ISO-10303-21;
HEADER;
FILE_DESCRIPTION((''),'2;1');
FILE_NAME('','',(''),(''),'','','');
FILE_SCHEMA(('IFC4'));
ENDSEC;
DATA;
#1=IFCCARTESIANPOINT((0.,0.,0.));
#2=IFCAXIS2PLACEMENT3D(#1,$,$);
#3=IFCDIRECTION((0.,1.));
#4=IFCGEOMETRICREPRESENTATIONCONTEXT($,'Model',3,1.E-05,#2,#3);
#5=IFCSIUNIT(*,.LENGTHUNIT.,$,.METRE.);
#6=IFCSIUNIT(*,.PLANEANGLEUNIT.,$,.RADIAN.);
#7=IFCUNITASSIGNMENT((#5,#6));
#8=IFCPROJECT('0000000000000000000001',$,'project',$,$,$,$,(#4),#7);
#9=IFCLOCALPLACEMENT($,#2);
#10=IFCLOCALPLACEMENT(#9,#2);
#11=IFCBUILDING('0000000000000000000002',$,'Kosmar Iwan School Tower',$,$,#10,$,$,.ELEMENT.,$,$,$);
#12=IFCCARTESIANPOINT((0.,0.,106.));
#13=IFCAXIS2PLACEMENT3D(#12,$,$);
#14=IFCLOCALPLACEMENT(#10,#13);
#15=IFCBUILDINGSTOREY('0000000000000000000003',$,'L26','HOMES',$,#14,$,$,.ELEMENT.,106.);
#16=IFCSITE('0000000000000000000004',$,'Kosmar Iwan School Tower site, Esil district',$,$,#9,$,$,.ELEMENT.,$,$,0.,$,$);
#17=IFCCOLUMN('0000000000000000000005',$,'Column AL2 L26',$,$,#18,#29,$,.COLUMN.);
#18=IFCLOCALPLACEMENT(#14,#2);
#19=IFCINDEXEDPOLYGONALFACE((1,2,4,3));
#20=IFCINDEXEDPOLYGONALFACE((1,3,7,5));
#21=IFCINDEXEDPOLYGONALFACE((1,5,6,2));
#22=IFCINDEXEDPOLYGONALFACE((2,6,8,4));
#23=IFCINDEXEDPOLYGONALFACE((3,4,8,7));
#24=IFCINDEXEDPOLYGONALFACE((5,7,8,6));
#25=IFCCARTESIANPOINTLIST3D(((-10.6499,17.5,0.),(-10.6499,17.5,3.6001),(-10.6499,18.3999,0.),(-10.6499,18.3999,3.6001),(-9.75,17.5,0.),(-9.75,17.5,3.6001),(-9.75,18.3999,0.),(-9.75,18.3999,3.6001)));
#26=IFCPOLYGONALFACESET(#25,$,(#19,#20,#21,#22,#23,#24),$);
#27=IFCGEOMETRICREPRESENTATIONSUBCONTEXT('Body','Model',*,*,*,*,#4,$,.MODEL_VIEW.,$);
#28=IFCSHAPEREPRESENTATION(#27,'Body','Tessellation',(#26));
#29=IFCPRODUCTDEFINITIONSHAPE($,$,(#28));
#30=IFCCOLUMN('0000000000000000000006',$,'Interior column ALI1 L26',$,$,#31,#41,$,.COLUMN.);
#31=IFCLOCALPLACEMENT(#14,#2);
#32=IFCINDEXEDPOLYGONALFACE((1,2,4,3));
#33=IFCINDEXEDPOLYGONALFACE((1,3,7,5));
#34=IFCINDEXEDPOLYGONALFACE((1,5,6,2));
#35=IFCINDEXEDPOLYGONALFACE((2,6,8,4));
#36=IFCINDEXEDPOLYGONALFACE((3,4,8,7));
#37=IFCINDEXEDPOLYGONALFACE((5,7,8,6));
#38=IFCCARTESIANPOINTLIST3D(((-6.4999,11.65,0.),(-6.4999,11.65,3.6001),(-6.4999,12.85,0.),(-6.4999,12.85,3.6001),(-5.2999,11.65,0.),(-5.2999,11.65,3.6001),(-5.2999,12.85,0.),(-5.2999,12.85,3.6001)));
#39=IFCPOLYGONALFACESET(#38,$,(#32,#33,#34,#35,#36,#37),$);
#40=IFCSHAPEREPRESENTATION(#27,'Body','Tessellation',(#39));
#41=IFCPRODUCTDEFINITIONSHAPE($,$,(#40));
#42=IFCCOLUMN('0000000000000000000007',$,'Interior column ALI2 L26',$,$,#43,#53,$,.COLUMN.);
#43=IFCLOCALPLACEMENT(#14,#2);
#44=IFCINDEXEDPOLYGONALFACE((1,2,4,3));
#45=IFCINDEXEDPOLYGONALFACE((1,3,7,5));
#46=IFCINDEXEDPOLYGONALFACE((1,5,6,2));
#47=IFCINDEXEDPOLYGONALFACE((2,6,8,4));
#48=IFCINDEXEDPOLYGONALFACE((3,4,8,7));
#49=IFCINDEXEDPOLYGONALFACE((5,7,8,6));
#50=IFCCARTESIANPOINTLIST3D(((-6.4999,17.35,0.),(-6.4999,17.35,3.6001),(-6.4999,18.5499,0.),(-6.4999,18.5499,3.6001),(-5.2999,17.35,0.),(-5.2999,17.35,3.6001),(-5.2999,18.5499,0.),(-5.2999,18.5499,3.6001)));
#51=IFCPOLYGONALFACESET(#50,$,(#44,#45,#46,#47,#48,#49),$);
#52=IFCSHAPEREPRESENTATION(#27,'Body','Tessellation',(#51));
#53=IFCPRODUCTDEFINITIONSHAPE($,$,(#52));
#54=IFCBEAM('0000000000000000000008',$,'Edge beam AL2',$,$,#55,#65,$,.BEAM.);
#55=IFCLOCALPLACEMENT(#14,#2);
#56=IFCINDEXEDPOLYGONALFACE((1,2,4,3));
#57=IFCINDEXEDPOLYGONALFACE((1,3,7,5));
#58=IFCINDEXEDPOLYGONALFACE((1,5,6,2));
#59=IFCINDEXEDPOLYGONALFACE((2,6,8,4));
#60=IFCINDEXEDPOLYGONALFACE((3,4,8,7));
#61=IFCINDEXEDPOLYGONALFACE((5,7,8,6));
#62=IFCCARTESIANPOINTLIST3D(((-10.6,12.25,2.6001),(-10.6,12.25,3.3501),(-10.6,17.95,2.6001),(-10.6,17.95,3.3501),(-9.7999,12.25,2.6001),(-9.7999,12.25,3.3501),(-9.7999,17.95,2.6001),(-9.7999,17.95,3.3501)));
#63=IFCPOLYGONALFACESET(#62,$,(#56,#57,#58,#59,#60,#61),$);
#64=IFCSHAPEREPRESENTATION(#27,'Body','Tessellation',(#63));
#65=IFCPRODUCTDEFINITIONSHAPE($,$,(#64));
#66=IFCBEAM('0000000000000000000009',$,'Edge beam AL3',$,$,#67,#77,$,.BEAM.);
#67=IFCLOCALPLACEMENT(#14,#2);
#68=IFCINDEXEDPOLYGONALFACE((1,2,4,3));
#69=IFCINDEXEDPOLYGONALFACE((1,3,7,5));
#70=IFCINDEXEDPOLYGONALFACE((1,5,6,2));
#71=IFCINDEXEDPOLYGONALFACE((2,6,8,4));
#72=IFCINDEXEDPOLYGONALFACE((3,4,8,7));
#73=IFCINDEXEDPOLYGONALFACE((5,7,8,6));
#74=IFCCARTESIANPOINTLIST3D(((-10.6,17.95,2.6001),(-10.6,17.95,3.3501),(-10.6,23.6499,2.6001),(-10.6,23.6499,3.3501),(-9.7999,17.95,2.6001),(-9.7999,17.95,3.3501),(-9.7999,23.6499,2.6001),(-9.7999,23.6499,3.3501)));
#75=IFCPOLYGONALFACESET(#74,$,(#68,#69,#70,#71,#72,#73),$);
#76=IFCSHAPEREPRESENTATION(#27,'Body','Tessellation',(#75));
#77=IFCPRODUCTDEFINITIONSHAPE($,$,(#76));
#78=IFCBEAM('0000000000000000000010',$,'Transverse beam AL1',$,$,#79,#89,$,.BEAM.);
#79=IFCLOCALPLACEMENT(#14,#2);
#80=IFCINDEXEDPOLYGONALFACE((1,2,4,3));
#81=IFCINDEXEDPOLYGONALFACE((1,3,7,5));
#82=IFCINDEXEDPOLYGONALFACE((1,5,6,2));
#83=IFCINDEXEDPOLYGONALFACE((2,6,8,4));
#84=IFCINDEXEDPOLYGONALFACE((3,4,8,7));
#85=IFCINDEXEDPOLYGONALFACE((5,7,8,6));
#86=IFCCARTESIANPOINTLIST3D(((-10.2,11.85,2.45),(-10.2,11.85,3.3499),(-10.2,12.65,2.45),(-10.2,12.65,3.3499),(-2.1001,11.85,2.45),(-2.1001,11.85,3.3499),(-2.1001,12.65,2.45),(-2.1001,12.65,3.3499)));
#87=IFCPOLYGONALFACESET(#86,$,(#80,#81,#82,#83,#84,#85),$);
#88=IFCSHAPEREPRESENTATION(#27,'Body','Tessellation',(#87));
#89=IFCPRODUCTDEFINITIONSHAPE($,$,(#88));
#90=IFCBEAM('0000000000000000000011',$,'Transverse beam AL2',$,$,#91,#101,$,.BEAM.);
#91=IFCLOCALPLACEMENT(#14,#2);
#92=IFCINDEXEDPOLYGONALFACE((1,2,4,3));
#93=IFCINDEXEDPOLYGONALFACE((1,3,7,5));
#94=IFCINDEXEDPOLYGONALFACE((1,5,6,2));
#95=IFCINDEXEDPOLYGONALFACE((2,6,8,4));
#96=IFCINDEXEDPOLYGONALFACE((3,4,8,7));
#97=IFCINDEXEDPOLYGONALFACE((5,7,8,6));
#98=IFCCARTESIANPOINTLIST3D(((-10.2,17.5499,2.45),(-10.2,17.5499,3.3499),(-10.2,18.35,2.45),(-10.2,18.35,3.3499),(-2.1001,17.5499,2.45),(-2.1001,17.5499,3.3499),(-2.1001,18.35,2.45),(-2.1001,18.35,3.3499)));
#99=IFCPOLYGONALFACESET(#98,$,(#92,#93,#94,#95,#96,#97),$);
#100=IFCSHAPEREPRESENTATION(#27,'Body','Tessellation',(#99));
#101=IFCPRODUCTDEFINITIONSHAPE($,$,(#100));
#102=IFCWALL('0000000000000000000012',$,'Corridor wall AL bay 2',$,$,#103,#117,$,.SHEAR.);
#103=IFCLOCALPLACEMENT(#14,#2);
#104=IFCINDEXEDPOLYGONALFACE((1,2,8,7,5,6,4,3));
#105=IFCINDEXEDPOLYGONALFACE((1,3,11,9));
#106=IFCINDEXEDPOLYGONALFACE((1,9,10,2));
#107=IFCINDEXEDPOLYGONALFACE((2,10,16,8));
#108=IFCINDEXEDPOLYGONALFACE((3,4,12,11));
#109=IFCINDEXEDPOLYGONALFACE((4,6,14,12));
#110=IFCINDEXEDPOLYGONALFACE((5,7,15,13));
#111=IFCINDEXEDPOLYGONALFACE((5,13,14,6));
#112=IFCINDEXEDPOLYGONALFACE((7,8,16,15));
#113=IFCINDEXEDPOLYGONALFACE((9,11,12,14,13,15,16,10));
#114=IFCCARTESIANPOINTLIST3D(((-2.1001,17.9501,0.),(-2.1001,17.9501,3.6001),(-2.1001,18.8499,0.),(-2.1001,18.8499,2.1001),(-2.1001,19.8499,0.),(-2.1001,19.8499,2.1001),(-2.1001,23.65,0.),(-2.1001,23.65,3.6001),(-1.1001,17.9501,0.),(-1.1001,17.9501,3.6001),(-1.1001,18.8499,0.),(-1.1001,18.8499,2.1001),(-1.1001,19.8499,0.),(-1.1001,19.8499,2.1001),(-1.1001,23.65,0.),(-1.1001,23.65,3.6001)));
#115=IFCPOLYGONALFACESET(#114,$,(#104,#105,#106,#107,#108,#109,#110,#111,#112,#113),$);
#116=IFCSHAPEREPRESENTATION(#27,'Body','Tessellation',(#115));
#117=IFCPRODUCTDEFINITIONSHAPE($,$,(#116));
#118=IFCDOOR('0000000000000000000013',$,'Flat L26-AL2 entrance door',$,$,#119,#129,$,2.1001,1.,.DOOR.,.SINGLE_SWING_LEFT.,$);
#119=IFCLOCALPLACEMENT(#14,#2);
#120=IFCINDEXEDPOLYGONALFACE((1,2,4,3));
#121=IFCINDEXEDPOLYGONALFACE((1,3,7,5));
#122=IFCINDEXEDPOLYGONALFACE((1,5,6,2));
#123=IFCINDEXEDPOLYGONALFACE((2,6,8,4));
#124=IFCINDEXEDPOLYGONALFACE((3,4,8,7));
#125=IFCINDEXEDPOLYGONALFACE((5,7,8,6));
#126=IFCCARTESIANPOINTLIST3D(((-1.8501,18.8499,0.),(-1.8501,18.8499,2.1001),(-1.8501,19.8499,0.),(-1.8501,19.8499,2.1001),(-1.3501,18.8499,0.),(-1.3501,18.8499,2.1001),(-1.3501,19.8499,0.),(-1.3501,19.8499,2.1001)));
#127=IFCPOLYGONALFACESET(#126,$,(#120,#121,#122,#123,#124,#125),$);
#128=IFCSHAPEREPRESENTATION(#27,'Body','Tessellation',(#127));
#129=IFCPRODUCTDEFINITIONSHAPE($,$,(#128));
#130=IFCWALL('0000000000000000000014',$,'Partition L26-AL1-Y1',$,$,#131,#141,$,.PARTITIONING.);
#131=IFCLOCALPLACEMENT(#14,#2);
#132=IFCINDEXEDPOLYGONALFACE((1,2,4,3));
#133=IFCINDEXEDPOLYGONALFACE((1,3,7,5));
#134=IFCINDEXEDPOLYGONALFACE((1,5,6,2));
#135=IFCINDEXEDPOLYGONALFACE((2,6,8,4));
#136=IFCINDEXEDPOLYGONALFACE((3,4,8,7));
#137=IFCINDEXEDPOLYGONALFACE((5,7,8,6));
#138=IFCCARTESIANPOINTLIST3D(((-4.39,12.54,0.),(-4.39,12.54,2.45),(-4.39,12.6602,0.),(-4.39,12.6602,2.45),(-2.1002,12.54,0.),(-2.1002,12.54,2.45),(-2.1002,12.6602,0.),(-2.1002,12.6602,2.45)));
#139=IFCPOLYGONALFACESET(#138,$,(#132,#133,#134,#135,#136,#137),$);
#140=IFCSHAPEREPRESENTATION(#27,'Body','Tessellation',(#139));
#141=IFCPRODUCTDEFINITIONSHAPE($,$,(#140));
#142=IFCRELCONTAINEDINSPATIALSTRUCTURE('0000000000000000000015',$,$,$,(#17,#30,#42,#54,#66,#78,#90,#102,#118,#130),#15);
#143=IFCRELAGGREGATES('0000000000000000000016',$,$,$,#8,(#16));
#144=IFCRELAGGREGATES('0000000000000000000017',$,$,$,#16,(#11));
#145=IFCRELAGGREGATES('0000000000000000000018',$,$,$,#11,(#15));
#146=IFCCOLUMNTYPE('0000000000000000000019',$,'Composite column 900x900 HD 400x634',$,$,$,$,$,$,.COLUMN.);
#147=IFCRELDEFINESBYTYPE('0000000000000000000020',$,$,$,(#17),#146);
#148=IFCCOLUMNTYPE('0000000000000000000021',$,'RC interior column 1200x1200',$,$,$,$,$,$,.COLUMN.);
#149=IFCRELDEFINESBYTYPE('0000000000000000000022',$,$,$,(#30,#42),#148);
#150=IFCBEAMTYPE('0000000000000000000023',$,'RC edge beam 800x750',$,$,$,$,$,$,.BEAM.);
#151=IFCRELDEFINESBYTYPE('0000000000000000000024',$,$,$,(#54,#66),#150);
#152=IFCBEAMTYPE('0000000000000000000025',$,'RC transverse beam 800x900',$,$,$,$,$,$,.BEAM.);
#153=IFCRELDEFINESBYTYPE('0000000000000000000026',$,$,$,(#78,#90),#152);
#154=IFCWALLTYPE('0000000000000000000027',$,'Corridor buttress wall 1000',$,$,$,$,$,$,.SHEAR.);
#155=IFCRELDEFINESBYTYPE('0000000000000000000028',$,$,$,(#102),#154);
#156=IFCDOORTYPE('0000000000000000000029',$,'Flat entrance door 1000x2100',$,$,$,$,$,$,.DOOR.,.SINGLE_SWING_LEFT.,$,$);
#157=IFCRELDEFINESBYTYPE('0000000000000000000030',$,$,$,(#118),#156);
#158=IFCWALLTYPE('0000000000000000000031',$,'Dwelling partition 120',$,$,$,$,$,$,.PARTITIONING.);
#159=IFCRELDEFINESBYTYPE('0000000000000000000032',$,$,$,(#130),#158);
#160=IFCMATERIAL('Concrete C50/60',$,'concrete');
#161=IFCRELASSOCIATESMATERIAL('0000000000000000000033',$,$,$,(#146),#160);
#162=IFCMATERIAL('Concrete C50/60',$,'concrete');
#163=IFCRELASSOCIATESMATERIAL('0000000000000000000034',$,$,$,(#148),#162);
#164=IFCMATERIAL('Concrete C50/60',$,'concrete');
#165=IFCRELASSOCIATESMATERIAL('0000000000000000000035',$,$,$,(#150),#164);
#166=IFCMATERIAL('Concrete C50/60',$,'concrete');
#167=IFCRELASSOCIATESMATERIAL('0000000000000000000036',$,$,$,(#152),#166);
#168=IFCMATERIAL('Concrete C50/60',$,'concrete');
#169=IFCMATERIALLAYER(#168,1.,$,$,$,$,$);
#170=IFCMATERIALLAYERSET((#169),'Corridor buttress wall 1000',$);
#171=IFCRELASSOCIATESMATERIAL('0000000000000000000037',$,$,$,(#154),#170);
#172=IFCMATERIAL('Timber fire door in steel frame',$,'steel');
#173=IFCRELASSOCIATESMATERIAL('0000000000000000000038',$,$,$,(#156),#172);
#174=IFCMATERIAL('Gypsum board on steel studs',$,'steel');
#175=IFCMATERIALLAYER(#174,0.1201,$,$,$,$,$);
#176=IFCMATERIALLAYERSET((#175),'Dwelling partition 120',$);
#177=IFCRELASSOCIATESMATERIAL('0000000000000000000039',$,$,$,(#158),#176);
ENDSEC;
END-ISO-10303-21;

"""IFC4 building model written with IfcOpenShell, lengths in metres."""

from ifc_helpers import new_model, si_unit, direction, frame, frame_2d, origin, origin_2d, place, context, subcontext, project, spatial, rectangle, extrude, material, layer, layer_set, material_profile, profile_set, type_object, element, fill, save


model = new_model("IFC4")

# Units and contexts
model_context = context("Model", 3, precision=1e-05, world=origin(), true_north=direction((0.0, 1.0)))
body_context = subcontext(model_context, "Body", "Model", "MODEL_VIEW")
ifc_project = project(units=[si_unit("LENGTHUNIT", "METRE"), si_unit("PLANEANGLEUNIT", "RADIAN")], contexts=[model_context])

# Site, building, storey
site_placement = place(None, origin())
site = spatial("IfcSite", under=ifc_project, at=site_placement, Name="Kosmar Iwan School Tower site, Esil district", CompositionType="ELEMENT", RefElevation=0.0)
building_placement = place(site_placement, origin())
building = spatial("IfcBuilding", under=site, at=building_placement, Name="Kosmar Iwan School Tower", CompositionType="ELEMENT")
storey_placement = place(building_placement, frame((0.0, 0.0, 106.0)))
storey = spatial("IfcBuildingStorey", under=building, at=storey_placement, Name="L26", Description="HOMES", CompositionType="ELEMENT", Elevation=106.0)

# Columns
ifc_material_1 = material(Name="Concrete C50/60", Category="concrete")
ifc_material_profile_1 = material_profile(ifc_material_1, rectangle(XDim=0.8999, YDim=0.8999, at=origin_2d()), Name="RC 900x900 + HD 400x634")
ifc_profile_set_1 = profile_set([ifc_material_profile_1], Name="Concrete C50/60")
column_type_1 = type_object("IfcColumnType", Name="Composite column 900x900 HD 400x634", PredefinedType="COLUMN", material=ifc_profile_set_1)
column_placement = place(storey_placement, frame((-10.2, 17.95, 0.0), z_axis=(0.0, 0.0, 1.0), x_axis=(0.0, 1.0, 0.0)))
element("IfcColumn", 1, at=column_placement, inside=storey, type_object=column_type_1, Name="Column AL2 L26", PredefinedType="COLUMN", context=body_context, shape_type="SweptSolid", body=[
    extrude(rectangle(XDim=0.8999, YDim=0.8999, at=origin_2d()), origin(), (0.0, 0.0, 1.0), 3.6001),
])
ifc_material_2 = material(Name="Concrete C50/60", Category="concrete")
ifc_material_profile_2 = material_profile(ifc_material_2, rectangle(XDim=1.2, YDim=1.2, at=origin_2d()), Name="RC 1200x1200")
ifc_profile_set_2 = profile_set([ifc_material_profile_2], Name="Concrete C50/60")
column_type_2 = type_object("IfcColumnType", Name="RC interior column 1200x1200", PredefinedType="COLUMN", material=ifc_profile_set_2)
for number, where, z_axis, x_axis, name in (
    (2, (-5.8999, 12.25, 0.0), (0.0, 0.0, 1.0), (0.0, 1.0, 0.0), "Interior column ALI1 L26"),
    (3, (-5.8999, 17.95, 0.0), (0.0, 0.0, 1.0), (0.0, 1.0, 0.0), "Interior column ALI2 L26"),
):
    element("IfcColumn", number, at=place(storey_placement, frame(where, z_axis=z_axis, x_axis=x_axis)), inside=storey, type_object=column_type_2, Name=name, PredefinedType="COLUMN", context=body_context, shape_type="SweptSolid", body=[
        extrude(rectangle(XDim=1.2, YDim=1.2, at=origin_2d()), origin(), (0.0, 0.0, 1.0), 3.6001),
    ])

# Beams
ifc_material_3 = material(Name="Concrete C50/60", Category="concrete")
ifc_material_profile_3 = material_profile(ifc_material_3, rectangle(XDim=0.8, YDim=0.75, at=origin_2d()), Name="RC 800x750")
ifc_profile_set_3 = profile_set([ifc_material_profile_3], Name="Concrete C50/60")
beam_type_1 = type_object("IfcBeamType", Name="RC edge beam 800x750", PredefinedType="BEAM", material=ifc_profile_set_3)
for number, where, z_axis, x_axis, name in (
    (4, (-10.2, 12.25, 2.9751), (0.0, 1.0, 0.0), (-1.0, 0.0, 0.0), "Edge beam AL2"),
    (5, (-10.2, 17.95, 2.9751), (0.0, 1.0, 0.0), (-1.0, 0.0, 0.0), "Edge beam AL3"),
):
    element("IfcBeam", number, at=place(storey_placement, frame(where, z_axis=z_axis, x_axis=x_axis)), inside=storey, type_object=beam_type_1, Name=name, PredefinedType="BEAM", context=body_context, shape_type="SweptSolid", body=[
        extrude(rectangle(XDim=0.8, YDim=0.75, at=origin_2d()), origin(), (0.0, 0.0, 1.0), 5.7),
    ])
ifc_material_4 = material(Name="Concrete C50/60", Category="concrete")
ifc_material_profile_4 = material_profile(ifc_material_4, rectangle(XDim=0.8, YDim=0.8999, at=origin_2d()), Name="RC 800x900")
ifc_profile_set_4 = profile_set([ifc_material_profile_4], Name="Concrete C50/60")
beam_type_2 = type_object("IfcBeamType", Name="RC transverse beam 800x900", PredefinedType="BEAM", material=ifc_profile_set_4)
for number, where, z_axis, x_axis, name in (
    (6, (-10.2, 12.25, 2.8999), (1.0, 0.0, 0.0), (0.0, 1.0, 0.0), "Transverse beam AL1"),
    (7, (-10.2, 17.95, 2.8999), (1.0, 0.0, 0.0), (0.0, 1.0, 0.0), "Transverse beam AL2"),
):
    element("IfcBeam", number, at=place(storey_placement, frame(where, z_axis=z_axis, x_axis=x_axis)), inside=storey, type_object=beam_type_2, Name=name, PredefinedType="BEAM", context=body_context, shape_type="SweptSolid", body=[
        extrude(rectangle(XDim=0.8, YDim=0.8999, at=origin_2d()), origin(), (0.0, 0.0, 1.0), 8.0999),
    ])

# Wall, opening, door
ifc_material_5 = material(Name="Concrete C50/60", Category="concrete")
ifc_layer_1 = layer(ifc_material_5, 1.0)
ifc_layer_set_1 = layer_set([ifc_layer_1], Name="Corridor buttress wall 1000")
wall_type_1 = type_object("IfcWallType", Name="Corridor buttress wall 1000", PredefinedType="SHEAR", material=ifc_layer_set_1)
wall_1_placement = place(storey_placement, frame((-1.6001, 17.95, 0.0), z_axis=(0.0, 0.0, 1.0), x_axis=(0.0, 1.0, 0.0)))
wall_1 = element("IfcWall", 8, at=wall_1_placement, inside=storey, type_object=wall_type_1, Name="Corridor wall AL bay 2", PredefinedType="SHEAR", context=body_context, shape_type="SweptSolid", body=[
    extrude(rectangle(XDim=5.7, YDim=1.0, at=frame_2d((2.8501, 0.0))), origin(), (0.0, 0.0, 1.0), 3.6001),
])
opening_1_placement = place(wall_1_placement, frame((0.8999, 0.0, 0.0)))
opening_1 = element("IfcOpeningElement", 9, at=opening_1_placement, cuts=wall_1, PredefinedType="OPENING", context=body_context, shape_type="SweptSolid", body=[
    extrude(rectangle(XDim=1.0, YDim=2.1001, at=frame_2d((0.5, 1.05))), frame((0.0, 0.512, 0.0), z_axis=(0.0, -1.0, 0.0), x_axis=(1.0, 0.0, 0.0)), (0.0, 0.0, 1.0), 1.0239),
])
ifc_material_6 = material(Name="Timber fire door in steel frame", Category="steel")
door_type_1 = type_object("IfcDoorType", Name="Flat entrance door 1000x2100", OperationType="SINGLE_SWING_LEFT", PredefinedType="DOOR", material=ifc_material_6)
door_1_placement = place(opening_1_placement, origin())
door_1 = element("IfcDoor", 10, at=door_1_placement, inside=storey, type_object=door_type_1, Name="Flat L26-AL2 entrance door", OperationType="SINGLE_SWING_LEFT", OverallHeight=2.1001, OverallWidth=1.0, PredefinedType="DOOR", context=body_context, shape_type="SweptSolid", body=[
    extrude(rectangle(XDim=1.0, YDim=2.1001, at=frame_2d((0.5, 1.05))), frame((0.0, 0.25, 0.0), z_axis=(0.0, -1.0, 0.0), x_axis=(1.0, 0.0, 0.0)), (0.0, 0.0, 1.0), 0.5),
])
fill(opening_1, door_1)

# Wall
ifc_material_7 = material(Name="Gypsum board on steel studs", Category="steel")
ifc_layer_2 = layer(ifc_material_7, 0.1201)
ifc_layer_set_2 = layer_set([ifc_layer_2], Name="Dwelling partition 120")
wall_type_2 = type_object("IfcWallType", Name="Dwelling partition 120", PredefinedType="PARTITIONING", material=ifc_layer_set_2)
wall_2_placement = place(storey_placement, frame((-2.1001, 12.6001, 0.0), z_axis=(0.0, 0.0, 1.0), x_axis=(-1.0, 0.0, 0.0)))
element("IfcWall", 11, at=wall_2_placement, inside=storey, type_object=wall_type_2, Name="Partition L26-AL1-Y1", PredefinedType="PARTITIONING", context=body_context, shape_type="SweptSolid", body=[
    extrude(rectangle(XDim=2.2898, YDim=0.1201, at=frame_2d((1.145, 0.0))), origin(), (0.0, 0.0, 1.0), 2.45),
])

save(model, "model.ifc")
